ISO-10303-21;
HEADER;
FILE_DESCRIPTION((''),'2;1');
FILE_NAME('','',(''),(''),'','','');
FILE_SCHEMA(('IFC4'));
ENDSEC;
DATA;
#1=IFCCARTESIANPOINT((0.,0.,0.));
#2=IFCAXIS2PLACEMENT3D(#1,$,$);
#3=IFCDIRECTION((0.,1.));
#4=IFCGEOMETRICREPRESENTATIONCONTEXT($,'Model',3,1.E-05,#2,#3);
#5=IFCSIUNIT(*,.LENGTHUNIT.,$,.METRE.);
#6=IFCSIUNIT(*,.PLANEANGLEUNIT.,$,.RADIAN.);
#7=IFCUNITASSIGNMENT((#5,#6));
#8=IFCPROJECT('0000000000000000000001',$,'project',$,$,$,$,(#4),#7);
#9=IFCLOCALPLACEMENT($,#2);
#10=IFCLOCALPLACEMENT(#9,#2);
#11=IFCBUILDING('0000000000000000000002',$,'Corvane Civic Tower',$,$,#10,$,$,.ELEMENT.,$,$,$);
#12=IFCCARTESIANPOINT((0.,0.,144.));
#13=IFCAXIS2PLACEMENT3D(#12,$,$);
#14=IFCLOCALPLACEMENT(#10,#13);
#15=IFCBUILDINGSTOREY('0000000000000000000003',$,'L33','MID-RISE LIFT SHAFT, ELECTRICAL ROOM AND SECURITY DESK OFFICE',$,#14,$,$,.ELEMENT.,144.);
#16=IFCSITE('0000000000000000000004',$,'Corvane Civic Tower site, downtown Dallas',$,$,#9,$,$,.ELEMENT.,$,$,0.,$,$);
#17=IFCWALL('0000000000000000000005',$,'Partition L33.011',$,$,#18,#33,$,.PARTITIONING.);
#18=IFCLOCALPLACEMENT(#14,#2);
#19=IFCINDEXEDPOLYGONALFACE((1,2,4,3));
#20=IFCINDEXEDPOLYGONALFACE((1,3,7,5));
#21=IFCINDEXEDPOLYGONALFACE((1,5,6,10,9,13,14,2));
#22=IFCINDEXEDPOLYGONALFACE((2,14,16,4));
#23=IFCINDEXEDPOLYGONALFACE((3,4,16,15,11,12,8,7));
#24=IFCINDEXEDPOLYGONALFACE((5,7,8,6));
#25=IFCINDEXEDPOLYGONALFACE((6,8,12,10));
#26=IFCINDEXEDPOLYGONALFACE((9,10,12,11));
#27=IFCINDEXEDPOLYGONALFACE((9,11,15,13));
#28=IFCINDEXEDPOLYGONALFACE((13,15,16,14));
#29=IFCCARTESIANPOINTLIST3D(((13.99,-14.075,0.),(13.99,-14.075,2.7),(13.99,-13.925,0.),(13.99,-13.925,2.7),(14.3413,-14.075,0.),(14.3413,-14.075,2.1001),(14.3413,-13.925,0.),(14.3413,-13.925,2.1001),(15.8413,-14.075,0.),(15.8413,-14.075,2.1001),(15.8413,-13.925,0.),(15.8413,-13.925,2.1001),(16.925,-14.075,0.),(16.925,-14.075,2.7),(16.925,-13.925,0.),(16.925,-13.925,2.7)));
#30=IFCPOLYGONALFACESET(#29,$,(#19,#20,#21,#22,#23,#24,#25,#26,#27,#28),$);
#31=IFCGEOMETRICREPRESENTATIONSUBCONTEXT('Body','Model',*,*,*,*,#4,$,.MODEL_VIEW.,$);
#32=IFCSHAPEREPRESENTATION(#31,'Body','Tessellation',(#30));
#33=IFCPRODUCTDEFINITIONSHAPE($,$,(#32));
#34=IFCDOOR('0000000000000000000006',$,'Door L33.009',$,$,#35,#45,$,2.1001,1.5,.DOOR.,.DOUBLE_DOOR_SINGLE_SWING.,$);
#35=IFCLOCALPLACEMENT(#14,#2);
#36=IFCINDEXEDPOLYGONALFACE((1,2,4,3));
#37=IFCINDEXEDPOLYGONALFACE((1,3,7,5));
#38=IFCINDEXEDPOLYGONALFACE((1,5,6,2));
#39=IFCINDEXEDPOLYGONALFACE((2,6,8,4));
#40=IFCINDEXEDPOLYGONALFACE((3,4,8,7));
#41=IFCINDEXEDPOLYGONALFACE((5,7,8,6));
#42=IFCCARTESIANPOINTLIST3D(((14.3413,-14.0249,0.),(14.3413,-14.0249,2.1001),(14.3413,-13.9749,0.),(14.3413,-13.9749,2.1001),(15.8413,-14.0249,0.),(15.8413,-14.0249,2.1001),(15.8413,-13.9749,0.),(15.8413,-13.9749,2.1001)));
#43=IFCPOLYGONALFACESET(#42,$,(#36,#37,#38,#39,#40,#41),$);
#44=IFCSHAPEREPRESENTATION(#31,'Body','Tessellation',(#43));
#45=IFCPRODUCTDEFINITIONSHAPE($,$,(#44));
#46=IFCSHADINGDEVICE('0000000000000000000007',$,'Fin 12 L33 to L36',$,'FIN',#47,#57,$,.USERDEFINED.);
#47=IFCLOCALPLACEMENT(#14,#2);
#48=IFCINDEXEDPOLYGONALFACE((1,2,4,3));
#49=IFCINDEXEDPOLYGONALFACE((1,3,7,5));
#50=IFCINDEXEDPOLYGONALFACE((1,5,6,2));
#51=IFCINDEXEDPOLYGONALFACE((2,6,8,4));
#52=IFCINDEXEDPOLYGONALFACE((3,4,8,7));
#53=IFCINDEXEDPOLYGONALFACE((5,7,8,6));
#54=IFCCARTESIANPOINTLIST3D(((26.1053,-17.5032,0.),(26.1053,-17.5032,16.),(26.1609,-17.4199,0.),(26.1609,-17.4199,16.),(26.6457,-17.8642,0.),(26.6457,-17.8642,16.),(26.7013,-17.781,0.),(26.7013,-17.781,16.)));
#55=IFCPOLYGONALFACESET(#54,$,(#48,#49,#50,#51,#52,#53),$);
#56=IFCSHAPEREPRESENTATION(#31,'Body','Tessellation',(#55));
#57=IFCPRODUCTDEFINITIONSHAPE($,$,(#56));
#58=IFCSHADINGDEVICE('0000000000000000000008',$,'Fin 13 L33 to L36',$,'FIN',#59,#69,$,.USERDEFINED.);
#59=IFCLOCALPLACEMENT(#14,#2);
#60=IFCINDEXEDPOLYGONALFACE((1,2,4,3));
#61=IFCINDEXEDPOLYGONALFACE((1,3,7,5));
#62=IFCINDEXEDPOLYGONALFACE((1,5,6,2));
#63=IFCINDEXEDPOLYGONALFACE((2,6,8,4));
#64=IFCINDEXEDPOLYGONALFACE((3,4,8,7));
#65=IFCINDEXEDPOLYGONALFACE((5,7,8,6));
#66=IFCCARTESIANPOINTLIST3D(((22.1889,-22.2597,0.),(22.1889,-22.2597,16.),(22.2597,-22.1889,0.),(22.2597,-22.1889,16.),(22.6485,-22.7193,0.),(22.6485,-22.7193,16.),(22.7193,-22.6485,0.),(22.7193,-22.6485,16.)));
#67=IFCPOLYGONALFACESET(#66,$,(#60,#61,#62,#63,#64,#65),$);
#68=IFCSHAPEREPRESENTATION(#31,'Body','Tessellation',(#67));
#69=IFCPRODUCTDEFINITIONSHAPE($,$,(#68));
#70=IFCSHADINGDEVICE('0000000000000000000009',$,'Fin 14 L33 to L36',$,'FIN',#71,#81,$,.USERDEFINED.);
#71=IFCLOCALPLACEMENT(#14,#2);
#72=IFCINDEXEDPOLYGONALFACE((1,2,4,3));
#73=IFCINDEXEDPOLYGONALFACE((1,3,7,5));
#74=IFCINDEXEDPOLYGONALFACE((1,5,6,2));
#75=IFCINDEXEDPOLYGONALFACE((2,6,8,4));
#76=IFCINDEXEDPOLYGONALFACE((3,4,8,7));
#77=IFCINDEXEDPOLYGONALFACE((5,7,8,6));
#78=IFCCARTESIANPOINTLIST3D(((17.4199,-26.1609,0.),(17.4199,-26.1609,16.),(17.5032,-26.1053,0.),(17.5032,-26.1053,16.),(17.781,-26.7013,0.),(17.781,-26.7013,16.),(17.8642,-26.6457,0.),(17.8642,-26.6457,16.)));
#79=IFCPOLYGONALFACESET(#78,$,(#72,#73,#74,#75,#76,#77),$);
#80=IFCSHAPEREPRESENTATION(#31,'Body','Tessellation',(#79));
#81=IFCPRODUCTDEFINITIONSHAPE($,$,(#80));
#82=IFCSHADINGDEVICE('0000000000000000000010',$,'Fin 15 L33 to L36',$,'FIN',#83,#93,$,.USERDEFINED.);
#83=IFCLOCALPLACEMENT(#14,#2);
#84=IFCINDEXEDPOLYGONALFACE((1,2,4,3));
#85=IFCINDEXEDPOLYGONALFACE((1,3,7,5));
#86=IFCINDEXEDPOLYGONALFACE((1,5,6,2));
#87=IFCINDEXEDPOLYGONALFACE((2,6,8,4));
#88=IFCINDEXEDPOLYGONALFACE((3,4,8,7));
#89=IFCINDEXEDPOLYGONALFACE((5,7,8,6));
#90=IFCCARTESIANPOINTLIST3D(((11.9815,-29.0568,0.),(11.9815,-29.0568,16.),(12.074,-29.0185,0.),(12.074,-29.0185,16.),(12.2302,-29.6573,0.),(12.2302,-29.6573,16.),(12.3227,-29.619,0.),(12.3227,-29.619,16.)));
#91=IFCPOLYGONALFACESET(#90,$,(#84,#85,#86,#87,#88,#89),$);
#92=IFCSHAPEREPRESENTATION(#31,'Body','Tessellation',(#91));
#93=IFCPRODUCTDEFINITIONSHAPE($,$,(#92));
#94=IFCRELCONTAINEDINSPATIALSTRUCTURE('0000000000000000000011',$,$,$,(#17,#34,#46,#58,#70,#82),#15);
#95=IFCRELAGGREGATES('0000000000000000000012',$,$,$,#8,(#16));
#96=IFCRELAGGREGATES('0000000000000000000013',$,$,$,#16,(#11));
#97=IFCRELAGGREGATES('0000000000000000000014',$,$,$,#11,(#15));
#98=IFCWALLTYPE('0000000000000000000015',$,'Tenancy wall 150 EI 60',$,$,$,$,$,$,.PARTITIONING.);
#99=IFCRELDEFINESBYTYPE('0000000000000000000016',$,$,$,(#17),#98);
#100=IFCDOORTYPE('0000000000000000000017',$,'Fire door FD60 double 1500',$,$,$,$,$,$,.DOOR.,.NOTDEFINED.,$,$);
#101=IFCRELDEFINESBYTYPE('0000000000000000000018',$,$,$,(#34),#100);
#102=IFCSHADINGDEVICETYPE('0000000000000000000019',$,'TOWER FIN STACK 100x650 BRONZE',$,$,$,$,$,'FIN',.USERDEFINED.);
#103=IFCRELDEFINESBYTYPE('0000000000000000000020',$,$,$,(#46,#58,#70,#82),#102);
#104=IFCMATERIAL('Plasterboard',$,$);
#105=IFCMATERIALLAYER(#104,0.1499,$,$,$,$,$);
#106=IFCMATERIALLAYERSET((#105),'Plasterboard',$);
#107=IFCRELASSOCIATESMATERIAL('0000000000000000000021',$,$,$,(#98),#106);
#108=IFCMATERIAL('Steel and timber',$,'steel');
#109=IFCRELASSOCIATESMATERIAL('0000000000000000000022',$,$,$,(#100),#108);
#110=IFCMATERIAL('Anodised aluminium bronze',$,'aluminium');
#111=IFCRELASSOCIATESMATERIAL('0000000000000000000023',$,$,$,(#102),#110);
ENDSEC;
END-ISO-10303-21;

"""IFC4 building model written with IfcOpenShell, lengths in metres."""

from ifc_helpers import new_model, si_unit, direction, frame, frame_2d, origin, origin_2d, place, context, subcontext, project, spatial, rectangle, extrude, material, layer, layer_set, material_profile, profile_set, type_object, element, fill, save


model = new_model("IFC4")

# Units and contexts
model_context = context("Model", 3, precision=1e-05, world=origin(), true_north=direction((0.0, 1.0)))
body_context = subcontext(model_context, "Body", "Model", "MODEL_VIEW")
ifc_project = project(units=[si_unit("LENGTHUNIT", "METRE"), si_unit("PLANEANGLEUNIT", "RADIAN")], contexts=[model_context])

# Site, building, storey
site_placement = place(None, origin())
site = spatial("IfcSite", under=ifc_project, at=site_placement, Name="Corvane Civic Tower site, downtown Dallas", CompositionType="ELEMENT", RefElevation=0.0)
building_placement = place(site_placement, origin())
building = spatial("IfcBuilding", under=site, at=building_placement, Name="Corvane Civic Tower", CompositionType="ELEMENT")
storey_placement = place(building_placement, frame((0.0, 0.0, 144.0)))
storey = spatial("IfcBuildingStorey", under=building, at=storey_placement, Name="L33", Description="MID-RISE LIFT SHAFT, ELECTRICAL ROOM AND SECURITY DESK OFFICE", CompositionType="ELEMENT", Elevation=144.0)

# Wall, opening, door
ifc_material_1 = material(Name="Plasterboard")
ifc_layer_1 = layer(ifc_material_1, 0.1499)
ifc_layer_set_1 = layer_set([ifc_layer_1], Name="Plasterboard")
wall_type_1 = type_object("IfcWallType", Name="Tenancy wall 150 EI 60", PredefinedType="PARTITIONING", material=ifc_layer_set_1)
wall_1_placement = place(storey_placement, frame((13.99, -14.0, 0.0), z_axis=(0.0, 0.0, 1.0), x_axis=(1.0, 0.0, 0.0)))
wall_1 = element("IfcWall", 1, at=wall_1_placement, inside=storey, type_object=wall_type_1, Name="Partition L33.011", PredefinedType="PARTITIONING", context=body_context, shape_type="SweptSolid", body=[
    extrude(rectangle(XDim=2.9351, YDim=0.1499, at=frame_2d((1.4675, 0.0))), origin(), (0.0, 0.0, 1.0), 2.7),
])
opening_1_placement = place(wall_1_placement, frame((0.3513, 0.0, 0.0)))
opening_1 = element("IfcOpeningElement", 2, at=opening_1_placement, cuts=wall_1, PredefinedType="OPENING", context=body_context, shape_type="SweptSolid", body=[
    extrude(rectangle(XDim=1.5, YDim=2.1001, at=frame_2d((0.75, 1.05))), frame((0.0, 0.085, 0.0), z_axis=(0.0, -1.0, 0.0), x_axis=(1.0, 0.0, 0.0)), (0.0, 0.0, 1.0), 0.1699),
])
ifc_material_2 = material(Name="Steel and timber", Category="steel")
door_type_1 = type_object("IfcDoorType", Name="Fire door FD60 double 1500", OperationType="NOTDEFINED", PredefinedType="DOOR", material=ifc_material_2)
door_1_placement = place(opening_1_placement, frame((1.5, 0.0, 0.0), z_axis=(0.0, 0.0, 1.0), x_axis=(-1.0, 0.0, 0.0)))
door_1 = element("IfcDoor", 3, at=door_1_placement, inside=storey, type_object=door_type_1, Name="Door L33.009", OperationType="DOUBLE_DOOR_SINGLE_SWING", OverallHeight=2.1001, OverallWidth=1.5, PredefinedType="DOOR", context=body_context, shape_type="SweptSolid", body=[
    extrude(rectangle(XDim=1.5, YDim=2.1001, at=frame_2d((0.75, 1.05))), frame((0.0, 0.0249, 0.0), z_axis=(0.0, -1.0, 0.0), x_axis=(1.0, 0.0, 0.0)), (0.0, 0.0, 1.0), 0.05),
])
fill(opening_1, door_1)

# Shading devices
ifc_material_3 = material(Name="Anodised aluminium bronze", Category="aluminium")
ifc_material_profile_1 = material_profile(ifc_material_3, rectangle(XDim=0.1001, YDim=0.6499, at=origin_2d()), Name="TOWER FIN STACK 100x650 BRONZE")
ifc_profile_set_1 = profile_set([ifc_material_profile_1], Name="Anodised aluminium bronze")
shading_device_type = type_object("IfcShadingDeviceType", Name="TOWER FIN STACK 100x650 BRONZE", ElementType="FIN", PredefinedType="USERDEFINED", material=ifc_profile_set_1)
for number, where, z_axis, x_axis, name in (
    (4, (26.4033, -17.6421, 0.0), (0.0, 0.0, 1.0), (-0.55557, -0.83147, 0.0), "Fin 12 L33 to L36"),
    (5, (22.4541, -22.4541, 0.0), (0.0, 0.0, 1.0), (-0.707107, -0.707107, 0.0), "Fin 13 L33 to L36"),
    (6, (17.6421, -26.4033, 0.0), (0.0, 0.0, 1.0), (-0.83147, -0.55557, 0.0), "Fin 14 L33 to L36"),
    (7, (12.1521, -29.3379, 0.0), (0.0, 0.0, 1.0), (-0.92388, -0.382683, 0.0), "Fin 15 L33 to L36"),
):
    element("IfcShadingDevice", number, at=place(storey_placement, frame(where, z_axis=z_axis, x_axis=x_axis)), inside=storey, type_object=shading_device_type, Name=name, ObjectType="FIN", PredefinedType="USERDEFINED", context=body_context, shape_type="SweptSolid", body=[
        extrude(rectangle(XDim=0.1001, YDim=0.6499, at=origin_2d()), origin(), (0.0, 0.0, 1.0), 16.0),
    ])

save(model, "model.ifc")
